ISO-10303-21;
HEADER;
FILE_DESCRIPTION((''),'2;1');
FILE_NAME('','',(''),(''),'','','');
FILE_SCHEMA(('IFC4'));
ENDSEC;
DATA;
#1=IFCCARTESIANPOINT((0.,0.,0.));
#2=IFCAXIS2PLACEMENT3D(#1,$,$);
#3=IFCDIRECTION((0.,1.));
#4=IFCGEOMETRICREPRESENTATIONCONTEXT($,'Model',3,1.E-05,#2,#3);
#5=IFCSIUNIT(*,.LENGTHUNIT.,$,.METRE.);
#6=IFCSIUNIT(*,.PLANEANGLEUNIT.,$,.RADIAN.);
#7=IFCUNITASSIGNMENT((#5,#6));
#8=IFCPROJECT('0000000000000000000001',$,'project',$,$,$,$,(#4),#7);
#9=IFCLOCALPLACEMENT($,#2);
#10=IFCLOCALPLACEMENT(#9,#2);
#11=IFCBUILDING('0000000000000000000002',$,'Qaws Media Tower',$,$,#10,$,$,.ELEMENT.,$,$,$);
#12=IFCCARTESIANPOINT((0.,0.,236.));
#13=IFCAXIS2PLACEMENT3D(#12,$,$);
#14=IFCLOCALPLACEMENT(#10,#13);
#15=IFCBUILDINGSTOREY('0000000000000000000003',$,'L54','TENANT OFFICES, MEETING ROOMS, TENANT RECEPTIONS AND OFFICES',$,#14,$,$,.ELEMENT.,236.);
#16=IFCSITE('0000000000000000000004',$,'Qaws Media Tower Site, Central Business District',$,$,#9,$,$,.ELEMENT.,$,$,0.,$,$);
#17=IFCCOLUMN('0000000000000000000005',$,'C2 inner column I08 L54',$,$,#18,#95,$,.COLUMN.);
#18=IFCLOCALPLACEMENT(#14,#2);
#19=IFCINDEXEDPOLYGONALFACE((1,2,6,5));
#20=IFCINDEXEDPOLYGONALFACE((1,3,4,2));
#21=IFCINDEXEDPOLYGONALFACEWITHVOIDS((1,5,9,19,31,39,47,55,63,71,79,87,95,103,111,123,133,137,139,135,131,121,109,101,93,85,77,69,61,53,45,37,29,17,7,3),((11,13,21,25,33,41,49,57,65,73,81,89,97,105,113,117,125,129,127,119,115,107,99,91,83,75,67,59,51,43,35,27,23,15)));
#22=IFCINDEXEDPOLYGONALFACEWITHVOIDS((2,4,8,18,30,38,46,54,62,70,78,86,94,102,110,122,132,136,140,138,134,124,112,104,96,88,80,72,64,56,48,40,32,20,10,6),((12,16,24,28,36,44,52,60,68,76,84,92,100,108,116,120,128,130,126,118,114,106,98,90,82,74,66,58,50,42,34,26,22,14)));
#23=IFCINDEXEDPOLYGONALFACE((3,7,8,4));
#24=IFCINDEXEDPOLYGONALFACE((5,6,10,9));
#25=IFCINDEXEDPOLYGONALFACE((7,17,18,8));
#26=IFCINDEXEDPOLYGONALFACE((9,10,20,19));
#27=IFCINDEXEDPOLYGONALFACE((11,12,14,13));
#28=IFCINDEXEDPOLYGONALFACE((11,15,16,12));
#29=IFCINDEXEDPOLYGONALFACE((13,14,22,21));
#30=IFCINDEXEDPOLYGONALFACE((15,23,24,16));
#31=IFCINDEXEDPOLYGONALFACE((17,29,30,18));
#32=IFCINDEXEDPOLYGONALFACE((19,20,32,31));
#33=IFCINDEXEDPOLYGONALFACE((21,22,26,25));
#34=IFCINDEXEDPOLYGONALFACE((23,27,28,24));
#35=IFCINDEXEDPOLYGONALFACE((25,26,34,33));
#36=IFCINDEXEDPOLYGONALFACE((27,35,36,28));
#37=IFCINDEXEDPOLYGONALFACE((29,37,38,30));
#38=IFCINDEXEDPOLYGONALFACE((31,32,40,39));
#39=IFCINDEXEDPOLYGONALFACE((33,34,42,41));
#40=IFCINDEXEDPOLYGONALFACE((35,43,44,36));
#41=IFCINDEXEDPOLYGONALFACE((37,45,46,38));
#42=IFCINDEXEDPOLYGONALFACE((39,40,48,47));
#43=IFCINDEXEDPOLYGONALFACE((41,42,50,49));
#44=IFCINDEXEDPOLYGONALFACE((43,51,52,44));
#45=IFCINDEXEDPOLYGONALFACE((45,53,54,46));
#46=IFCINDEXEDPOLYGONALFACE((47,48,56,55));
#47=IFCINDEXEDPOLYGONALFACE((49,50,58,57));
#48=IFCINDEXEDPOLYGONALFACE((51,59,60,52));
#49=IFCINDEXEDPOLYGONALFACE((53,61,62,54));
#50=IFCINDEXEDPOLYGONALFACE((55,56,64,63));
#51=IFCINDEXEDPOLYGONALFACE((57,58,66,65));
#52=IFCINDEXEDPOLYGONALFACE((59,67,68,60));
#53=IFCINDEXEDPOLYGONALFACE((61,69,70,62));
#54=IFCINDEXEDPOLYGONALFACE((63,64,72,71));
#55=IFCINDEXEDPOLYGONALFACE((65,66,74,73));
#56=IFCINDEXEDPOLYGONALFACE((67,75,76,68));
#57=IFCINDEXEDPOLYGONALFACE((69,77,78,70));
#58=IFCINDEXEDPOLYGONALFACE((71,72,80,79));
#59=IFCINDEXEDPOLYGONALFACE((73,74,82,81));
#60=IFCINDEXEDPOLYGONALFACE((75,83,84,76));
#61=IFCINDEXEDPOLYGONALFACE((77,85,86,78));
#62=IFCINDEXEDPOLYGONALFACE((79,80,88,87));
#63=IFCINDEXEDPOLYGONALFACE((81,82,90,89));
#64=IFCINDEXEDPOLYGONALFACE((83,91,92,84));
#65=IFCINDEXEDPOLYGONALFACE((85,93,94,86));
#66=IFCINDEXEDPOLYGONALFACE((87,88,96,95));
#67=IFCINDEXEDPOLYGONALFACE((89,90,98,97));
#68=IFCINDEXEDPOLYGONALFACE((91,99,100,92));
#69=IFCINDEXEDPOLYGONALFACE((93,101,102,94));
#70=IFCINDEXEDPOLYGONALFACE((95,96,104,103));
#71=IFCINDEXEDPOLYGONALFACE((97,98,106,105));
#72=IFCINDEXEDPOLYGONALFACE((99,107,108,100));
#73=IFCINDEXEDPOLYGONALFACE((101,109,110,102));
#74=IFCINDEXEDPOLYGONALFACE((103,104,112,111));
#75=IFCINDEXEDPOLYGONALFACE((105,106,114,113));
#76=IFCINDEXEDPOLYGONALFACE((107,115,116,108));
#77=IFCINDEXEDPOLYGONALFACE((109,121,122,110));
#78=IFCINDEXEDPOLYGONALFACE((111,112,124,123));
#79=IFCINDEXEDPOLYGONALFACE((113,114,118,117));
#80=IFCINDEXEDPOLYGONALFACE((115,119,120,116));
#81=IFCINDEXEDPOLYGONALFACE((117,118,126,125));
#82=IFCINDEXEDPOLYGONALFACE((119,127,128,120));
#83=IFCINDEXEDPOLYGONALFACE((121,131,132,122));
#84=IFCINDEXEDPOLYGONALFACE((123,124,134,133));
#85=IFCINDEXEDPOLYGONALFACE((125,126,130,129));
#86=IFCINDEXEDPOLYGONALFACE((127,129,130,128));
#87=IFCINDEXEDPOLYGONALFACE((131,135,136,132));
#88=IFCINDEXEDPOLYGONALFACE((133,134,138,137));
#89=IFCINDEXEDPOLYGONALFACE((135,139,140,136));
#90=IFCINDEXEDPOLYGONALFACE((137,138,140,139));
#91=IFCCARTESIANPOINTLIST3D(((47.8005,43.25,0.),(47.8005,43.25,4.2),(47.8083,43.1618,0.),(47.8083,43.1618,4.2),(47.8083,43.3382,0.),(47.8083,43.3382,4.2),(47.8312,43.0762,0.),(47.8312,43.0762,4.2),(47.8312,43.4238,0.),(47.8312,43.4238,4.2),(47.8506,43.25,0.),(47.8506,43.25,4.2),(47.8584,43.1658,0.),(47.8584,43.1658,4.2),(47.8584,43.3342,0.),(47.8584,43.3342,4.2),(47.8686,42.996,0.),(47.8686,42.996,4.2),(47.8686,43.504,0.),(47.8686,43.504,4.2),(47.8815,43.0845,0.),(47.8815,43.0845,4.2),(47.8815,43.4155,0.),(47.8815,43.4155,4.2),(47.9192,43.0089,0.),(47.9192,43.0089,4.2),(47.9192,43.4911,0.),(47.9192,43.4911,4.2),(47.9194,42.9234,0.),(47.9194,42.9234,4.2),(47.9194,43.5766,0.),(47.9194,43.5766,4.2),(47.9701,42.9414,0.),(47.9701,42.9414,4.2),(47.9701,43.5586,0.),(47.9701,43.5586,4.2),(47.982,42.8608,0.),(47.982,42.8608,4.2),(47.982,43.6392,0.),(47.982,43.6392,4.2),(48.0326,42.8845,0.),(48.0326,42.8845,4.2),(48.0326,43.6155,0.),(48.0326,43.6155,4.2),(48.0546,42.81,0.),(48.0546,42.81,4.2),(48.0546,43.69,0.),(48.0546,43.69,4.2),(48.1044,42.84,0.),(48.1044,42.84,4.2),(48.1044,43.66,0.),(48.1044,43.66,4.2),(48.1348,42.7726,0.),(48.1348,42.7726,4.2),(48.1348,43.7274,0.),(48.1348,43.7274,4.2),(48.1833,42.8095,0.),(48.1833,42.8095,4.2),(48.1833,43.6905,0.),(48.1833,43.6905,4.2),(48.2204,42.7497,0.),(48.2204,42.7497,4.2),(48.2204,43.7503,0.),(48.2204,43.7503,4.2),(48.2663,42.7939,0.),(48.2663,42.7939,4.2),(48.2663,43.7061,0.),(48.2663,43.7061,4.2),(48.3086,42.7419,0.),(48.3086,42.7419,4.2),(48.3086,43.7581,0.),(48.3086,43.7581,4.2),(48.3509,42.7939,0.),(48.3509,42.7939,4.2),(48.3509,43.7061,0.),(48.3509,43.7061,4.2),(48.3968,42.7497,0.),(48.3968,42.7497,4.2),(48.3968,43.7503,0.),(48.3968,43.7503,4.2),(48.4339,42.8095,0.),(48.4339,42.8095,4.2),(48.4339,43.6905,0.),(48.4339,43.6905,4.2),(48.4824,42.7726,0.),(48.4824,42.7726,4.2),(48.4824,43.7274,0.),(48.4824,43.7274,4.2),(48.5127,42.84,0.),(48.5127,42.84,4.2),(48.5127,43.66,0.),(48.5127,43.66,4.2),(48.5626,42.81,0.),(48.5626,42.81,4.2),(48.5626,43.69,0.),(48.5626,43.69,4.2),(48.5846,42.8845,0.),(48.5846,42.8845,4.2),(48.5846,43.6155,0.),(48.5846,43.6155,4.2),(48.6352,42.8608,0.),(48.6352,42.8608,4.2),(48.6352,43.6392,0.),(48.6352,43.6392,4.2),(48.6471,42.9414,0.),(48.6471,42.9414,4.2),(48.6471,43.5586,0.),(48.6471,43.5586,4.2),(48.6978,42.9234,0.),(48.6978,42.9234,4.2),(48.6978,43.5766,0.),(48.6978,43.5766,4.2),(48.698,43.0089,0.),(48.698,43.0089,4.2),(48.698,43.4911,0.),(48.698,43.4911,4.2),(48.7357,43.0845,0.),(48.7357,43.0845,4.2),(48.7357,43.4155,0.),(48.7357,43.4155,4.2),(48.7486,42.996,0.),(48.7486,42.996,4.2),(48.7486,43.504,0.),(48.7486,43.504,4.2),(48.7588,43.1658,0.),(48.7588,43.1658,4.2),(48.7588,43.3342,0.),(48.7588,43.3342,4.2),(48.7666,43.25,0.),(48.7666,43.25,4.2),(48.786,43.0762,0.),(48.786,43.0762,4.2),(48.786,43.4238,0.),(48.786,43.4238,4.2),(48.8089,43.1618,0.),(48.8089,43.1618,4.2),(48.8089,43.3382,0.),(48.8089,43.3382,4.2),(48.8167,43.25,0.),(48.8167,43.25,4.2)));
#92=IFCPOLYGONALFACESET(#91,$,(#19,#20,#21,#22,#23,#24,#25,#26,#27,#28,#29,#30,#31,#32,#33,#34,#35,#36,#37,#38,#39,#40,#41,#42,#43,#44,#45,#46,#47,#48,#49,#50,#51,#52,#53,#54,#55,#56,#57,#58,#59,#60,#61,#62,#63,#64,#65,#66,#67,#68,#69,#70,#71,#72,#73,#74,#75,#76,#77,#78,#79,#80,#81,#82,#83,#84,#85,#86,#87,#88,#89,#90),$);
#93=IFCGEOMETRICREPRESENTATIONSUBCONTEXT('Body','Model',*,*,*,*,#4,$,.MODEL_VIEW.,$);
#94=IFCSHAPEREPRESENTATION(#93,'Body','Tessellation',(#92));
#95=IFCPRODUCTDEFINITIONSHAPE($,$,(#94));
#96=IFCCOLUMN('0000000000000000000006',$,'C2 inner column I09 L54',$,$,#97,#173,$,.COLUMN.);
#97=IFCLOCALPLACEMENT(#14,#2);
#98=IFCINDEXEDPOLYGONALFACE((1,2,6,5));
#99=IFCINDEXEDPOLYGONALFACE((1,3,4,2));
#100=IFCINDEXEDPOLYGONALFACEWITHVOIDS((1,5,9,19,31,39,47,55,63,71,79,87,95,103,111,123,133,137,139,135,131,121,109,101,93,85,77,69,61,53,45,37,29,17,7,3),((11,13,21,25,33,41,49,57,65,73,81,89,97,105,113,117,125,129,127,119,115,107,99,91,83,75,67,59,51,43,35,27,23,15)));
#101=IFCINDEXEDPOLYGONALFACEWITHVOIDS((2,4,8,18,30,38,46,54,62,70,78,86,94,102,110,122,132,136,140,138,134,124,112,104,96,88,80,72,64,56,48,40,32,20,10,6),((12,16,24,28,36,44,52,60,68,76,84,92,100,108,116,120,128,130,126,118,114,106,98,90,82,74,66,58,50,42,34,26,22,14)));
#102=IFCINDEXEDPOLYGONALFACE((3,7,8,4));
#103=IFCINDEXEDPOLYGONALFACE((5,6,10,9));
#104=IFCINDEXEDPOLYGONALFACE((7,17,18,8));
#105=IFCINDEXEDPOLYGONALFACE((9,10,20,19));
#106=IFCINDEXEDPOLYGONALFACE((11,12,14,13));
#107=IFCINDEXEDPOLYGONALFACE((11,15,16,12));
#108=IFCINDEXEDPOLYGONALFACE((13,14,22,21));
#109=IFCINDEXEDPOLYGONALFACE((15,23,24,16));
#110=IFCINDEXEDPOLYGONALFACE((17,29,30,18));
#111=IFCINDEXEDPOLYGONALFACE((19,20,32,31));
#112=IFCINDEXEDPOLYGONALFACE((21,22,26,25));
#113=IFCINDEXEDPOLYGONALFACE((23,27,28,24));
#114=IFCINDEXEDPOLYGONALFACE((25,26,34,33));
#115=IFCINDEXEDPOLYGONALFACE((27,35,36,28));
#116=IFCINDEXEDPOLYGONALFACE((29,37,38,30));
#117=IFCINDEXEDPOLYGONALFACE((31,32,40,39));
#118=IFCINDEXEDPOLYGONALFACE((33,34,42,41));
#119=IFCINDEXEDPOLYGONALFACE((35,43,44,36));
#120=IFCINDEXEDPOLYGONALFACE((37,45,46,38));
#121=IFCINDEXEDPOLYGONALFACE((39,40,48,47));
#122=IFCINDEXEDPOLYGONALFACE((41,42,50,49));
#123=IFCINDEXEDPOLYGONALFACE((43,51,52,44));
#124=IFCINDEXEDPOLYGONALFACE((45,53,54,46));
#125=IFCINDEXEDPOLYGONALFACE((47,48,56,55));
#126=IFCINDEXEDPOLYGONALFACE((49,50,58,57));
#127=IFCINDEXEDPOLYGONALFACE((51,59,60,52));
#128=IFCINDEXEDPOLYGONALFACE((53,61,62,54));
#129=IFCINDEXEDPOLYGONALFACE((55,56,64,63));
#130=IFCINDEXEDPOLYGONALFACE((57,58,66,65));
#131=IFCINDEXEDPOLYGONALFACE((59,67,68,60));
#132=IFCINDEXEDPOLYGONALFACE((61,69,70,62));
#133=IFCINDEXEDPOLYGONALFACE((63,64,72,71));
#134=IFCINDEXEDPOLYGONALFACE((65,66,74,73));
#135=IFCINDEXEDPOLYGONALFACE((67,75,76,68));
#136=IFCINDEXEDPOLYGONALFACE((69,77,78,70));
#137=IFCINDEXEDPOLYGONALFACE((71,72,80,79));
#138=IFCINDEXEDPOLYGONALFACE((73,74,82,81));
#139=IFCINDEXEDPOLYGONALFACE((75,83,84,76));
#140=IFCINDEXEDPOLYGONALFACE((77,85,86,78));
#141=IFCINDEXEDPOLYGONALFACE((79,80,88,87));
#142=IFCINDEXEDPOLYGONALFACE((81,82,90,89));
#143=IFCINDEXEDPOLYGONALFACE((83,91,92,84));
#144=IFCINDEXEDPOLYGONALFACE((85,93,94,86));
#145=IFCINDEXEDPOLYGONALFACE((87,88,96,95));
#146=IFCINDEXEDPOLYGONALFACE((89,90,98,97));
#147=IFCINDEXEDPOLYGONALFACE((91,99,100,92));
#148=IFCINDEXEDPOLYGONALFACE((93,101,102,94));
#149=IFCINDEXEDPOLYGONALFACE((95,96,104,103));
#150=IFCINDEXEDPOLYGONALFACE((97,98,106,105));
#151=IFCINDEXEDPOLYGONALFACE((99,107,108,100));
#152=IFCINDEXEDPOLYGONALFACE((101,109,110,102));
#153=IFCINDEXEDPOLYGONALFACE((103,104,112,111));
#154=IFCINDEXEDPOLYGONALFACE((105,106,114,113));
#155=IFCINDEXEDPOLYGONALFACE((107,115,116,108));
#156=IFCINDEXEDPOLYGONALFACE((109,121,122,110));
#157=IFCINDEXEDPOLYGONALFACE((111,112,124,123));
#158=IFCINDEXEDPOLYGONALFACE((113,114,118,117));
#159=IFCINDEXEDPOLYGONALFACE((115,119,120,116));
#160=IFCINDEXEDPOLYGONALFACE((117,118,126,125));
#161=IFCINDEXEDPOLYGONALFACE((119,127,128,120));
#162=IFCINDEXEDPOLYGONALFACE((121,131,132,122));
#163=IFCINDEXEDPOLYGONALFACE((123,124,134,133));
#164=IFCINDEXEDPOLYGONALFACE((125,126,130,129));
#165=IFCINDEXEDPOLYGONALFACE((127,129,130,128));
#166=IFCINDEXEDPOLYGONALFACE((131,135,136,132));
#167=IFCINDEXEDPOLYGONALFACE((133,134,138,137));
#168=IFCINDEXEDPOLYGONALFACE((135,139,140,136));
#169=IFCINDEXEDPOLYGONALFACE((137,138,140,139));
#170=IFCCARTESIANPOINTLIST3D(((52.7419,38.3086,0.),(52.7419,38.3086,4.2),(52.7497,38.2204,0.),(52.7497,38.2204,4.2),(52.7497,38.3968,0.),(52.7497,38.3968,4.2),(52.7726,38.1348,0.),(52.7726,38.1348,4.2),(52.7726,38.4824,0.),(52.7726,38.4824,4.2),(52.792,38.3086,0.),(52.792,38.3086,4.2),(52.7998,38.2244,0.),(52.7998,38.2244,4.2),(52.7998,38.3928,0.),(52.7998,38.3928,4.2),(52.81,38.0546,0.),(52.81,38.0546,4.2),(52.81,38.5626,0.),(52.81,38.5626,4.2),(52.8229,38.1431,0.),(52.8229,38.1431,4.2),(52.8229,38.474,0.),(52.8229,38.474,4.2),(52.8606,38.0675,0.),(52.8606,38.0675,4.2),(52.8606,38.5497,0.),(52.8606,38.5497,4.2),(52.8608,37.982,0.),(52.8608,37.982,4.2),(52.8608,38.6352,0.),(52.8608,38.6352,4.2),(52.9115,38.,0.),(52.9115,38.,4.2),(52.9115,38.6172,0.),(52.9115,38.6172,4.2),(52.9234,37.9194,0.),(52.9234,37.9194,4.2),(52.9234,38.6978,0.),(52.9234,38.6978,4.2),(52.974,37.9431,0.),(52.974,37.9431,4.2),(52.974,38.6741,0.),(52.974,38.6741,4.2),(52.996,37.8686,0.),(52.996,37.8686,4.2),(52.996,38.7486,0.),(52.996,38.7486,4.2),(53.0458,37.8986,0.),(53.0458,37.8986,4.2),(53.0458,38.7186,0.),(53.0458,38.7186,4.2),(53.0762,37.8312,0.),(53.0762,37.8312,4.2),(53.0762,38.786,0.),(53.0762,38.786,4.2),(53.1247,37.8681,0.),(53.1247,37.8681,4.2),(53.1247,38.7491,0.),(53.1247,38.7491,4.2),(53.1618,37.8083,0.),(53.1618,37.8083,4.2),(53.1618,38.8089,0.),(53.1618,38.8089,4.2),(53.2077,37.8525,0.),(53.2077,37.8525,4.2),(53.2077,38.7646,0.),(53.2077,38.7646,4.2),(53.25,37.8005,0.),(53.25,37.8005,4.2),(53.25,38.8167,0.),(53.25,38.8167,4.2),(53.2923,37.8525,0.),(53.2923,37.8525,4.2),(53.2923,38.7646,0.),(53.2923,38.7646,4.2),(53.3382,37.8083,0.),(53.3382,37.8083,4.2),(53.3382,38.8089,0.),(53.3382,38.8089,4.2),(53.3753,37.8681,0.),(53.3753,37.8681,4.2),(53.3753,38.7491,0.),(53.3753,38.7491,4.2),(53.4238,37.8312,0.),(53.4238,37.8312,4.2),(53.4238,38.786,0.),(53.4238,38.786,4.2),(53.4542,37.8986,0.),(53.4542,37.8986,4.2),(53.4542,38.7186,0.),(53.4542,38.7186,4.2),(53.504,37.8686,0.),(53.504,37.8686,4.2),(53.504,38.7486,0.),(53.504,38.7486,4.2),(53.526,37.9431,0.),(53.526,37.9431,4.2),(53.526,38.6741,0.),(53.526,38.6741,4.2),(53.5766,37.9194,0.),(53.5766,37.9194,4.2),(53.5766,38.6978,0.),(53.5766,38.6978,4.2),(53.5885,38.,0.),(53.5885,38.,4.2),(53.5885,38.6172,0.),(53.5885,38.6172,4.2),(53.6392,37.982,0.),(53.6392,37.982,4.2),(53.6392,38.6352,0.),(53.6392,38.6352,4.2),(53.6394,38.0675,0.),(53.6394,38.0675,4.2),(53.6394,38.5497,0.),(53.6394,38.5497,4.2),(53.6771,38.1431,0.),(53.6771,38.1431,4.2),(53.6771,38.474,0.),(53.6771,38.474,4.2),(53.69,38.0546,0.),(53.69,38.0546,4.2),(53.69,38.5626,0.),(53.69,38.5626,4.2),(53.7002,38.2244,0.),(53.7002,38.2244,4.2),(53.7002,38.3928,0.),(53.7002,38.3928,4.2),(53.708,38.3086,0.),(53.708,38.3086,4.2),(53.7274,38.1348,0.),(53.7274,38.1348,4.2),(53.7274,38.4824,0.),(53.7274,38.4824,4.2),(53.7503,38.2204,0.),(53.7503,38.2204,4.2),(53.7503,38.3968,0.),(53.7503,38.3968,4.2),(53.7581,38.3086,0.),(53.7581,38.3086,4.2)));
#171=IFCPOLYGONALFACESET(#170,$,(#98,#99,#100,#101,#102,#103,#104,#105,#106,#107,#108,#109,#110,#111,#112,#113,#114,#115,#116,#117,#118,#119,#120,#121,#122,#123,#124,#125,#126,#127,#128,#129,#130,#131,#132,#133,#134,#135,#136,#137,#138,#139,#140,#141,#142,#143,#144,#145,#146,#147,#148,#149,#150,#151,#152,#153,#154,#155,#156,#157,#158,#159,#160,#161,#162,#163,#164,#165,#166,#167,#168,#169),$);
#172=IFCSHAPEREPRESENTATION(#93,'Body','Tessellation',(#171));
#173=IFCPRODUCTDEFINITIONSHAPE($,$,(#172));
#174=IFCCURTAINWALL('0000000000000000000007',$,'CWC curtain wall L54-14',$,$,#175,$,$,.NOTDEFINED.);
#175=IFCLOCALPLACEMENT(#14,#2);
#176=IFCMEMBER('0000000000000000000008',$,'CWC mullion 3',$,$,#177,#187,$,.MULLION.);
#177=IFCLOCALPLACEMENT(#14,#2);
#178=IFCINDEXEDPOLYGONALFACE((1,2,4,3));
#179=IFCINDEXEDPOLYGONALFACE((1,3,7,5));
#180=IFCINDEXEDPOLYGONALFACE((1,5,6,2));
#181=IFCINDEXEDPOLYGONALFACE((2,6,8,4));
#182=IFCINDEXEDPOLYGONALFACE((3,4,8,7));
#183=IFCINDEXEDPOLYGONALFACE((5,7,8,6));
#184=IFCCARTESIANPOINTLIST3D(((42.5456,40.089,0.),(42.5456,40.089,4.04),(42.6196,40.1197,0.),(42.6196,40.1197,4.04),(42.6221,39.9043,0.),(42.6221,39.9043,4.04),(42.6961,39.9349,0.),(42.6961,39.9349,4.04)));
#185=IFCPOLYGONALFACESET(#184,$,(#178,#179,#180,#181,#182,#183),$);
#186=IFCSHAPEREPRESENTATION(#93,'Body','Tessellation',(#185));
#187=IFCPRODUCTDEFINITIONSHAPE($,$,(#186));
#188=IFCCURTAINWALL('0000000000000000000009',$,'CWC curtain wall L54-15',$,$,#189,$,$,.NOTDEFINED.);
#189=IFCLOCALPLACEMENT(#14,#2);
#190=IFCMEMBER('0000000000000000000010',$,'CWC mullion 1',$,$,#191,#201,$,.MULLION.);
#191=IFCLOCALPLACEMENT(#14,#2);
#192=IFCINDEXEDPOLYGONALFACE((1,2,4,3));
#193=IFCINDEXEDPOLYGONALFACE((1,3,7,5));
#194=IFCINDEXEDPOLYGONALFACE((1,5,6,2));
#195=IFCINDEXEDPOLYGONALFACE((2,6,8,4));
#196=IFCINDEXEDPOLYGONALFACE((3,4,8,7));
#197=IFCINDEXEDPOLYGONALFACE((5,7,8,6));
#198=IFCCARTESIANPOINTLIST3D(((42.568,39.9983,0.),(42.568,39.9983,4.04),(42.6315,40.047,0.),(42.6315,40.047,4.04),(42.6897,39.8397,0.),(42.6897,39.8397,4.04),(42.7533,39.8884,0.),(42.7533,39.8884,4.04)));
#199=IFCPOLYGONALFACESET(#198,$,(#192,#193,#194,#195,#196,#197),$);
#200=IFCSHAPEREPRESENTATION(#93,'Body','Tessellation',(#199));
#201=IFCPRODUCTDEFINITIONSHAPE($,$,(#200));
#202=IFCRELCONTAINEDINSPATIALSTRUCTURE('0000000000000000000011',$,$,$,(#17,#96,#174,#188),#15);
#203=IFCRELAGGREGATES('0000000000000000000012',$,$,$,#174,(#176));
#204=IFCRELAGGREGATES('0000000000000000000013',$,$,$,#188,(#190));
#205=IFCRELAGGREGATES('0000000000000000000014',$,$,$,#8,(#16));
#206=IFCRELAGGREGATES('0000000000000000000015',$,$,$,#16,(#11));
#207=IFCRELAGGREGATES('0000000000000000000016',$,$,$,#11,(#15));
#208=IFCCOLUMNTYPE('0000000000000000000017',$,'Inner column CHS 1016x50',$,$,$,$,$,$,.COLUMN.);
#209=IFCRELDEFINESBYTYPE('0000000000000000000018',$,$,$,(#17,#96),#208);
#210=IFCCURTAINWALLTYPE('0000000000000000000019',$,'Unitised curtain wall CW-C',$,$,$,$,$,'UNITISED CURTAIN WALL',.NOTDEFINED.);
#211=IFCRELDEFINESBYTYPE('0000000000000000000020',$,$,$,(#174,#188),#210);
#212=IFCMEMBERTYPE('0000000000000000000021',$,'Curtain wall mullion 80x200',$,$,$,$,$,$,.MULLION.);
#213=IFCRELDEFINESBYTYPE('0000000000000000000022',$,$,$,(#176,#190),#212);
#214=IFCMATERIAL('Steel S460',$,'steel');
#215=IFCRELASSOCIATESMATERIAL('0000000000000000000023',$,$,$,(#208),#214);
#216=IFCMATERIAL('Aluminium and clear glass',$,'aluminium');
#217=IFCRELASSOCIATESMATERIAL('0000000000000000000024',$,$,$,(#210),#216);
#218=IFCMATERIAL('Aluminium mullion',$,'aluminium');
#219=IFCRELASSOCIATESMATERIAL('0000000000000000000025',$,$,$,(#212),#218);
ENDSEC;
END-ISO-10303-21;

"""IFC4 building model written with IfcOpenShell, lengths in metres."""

from ifc_helpers import new_model, si_unit, direction, frame, origin, origin_2d, place, context, subcontext, project, spatial, rectangle, hollow_circle, extrude, material, material_profile, profile_set, type_object, element, aggregate, save


model = new_model("IFC4")

# Units and contexts
model_context = context("Model", 3, precision=1e-05, world=origin(), true_north=direction((0.0, 1.0)))
body_context = subcontext(model_context, "Body", "Model", "MODEL_VIEW")
ifc_project = project(units=[si_unit("LENGTHUNIT", "METRE"), si_unit("PLANEANGLEUNIT", "RADIAN")], contexts=[model_context])

# Site, building, storey
site_placement = place(None, origin())
site = spatial("IfcSite", under=ifc_project, at=site_placement, Name="Qaws Media Tower Site, Central Business District", CompositionType="ELEMENT", RefElevation=0.0)
building_placement = place(site_placement, origin())
building = spatial("IfcBuilding", under=site, at=building_placement, Name="Qaws Media Tower", CompositionType="ELEMENT")
storey_placement = place(building_placement, frame((0.0, 0.0, 236.0)))
storey = spatial("IfcBuildingStorey", under=building, at=storey_placement, Name="L54", Description="TENANT OFFICES, MEETING ROOMS, TENANT RECEPTIONS AND OFFICES", CompositionType="ELEMENT", Elevation=236.0)

# Columns
ifc_material_1 = material(Name="Steel S460", Category="steel")
ifc_material_profile_1 = material_profile(ifc_material_1, hollow_circle(Radius=0.5081, WallThickness=0.05, at=origin_2d()), Name="CHS 1016x50")
ifc_profile_set_1 = profile_set([ifc_material_profile_1], Name="Steel S460")
column_type = type_object("IfcColumnType", Name="Inner column CHS 1016x50", PredefinedType="COLUMN", material=ifc_profile_set_1)
for number, where, z_axis, x_axis, name in (
    (1, (48.3086, 43.25, 0.0), (0.0, 0.0, 1.0), (1.0, 0.0, 0.0), "C2 inner column I08 L54"),
    (2, (53.25, 38.3086, 0.0), (0.0, 0.0, 1.0), (1.0, 0.0, 0.0), "C2 inner column I09 L54"),
):
    element("IfcColumn", number, at=place(storey_placement, frame(where, z_axis=z_axis, x_axis=x_axis)), inside=storey, type_object=column_type, Name=name, PredefinedType="COLUMN", context=body_context, shape_type="SweptSolid", body=[
        extrude(hollow_circle(Radius=0.5081, WallThickness=0.05, at=origin_2d()), origin(), (0.0, 0.0, 1.0), 4.2),
    ])

# Curtain wall, member
ifc_material_2 = material(Name="Aluminium and clear glass", Category="aluminium")
curtain_wall_type = type_object("IfcCurtainWallType", Name="Unitised curtain wall CW-C", ElementType="UNITISED CURTAIN WALL", PredefinedType="NOTDEFINED", material=ifc_material_2)
curtain_wall_1_placement = place(storey_placement, origin())
curtain_wall_1 = element("IfcCurtainWall", 3, at=curtain_wall_1_placement, inside=storey, type_object=curtain_wall_type, Name="CWC curtain wall L54-14", PredefinedType="NOTDEFINED")
ifc_material_3 = material(Name="Aluminium mullion", Category="aluminium")
ifc_material_profile_2 = material_profile(ifc_material_3, rectangle(XDim=0.0801, YDim=0.2, at=origin_2d()), Name="80x200")
ifc_profile_set_2 = profile_set([ifc_material_profile_2], Name="Aluminium mullion")
member_type_1 = type_object("IfcMemberType", Name="Curtain wall mullion 80x200", PredefinedType="MULLION", material=ifc_profile_set_2)
member_1_placement = place(storey_placement, frame((42.6208, 40.012, 0.0), z_axis=(0.0, 0.0, 1.0), x_axis=(0.923879, 0.382684, 0.0)))
member_1 = element("IfcMember", 4, at=member_1_placement, type_object=member_type_1, Name="CWC mullion 3", PredefinedType="MULLION", context=body_context, shape_type="SweptSolid", body=[
    extrude(rectangle(XDim=0.0801, YDim=0.2, at=origin_2d()), origin(), (0.0, 0.0, 1.0), 4.04),
])

# Curtain wall, member
curtain_wall_2_placement = place(storey_placement, origin())
curtain_wall_2 = element("IfcCurtainWall", 5, at=curtain_wall_2_placement, inside=storey, type_object=curtain_wall_type, Name="CWC curtain wall L54-15", PredefinedType="NOTDEFINED")
member_2_placement = place(storey_placement, frame((42.6606, 39.9434, 0.0), z_axis=(0.0, 0.0, 1.0), x_axis=(0.793353, 0.608761, 0.0)))
member_2 = element("IfcMember", 6, at=member_2_placement, type_object=member_type_1, Name="CWC mullion 1", PredefinedType="MULLION", context=body_context, shape_type="SweptSolid", body=[
    extrude(rectangle(XDim=0.0801, YDim=0.2, at=origin_2d()), origin(), (0.0, 0.0, 1.0), 4.04),
])

aggregate(curtain_wall_1, [member_1])
aggregate(curtain_wall_2, [member_2])

save(model, "model.ifc")
